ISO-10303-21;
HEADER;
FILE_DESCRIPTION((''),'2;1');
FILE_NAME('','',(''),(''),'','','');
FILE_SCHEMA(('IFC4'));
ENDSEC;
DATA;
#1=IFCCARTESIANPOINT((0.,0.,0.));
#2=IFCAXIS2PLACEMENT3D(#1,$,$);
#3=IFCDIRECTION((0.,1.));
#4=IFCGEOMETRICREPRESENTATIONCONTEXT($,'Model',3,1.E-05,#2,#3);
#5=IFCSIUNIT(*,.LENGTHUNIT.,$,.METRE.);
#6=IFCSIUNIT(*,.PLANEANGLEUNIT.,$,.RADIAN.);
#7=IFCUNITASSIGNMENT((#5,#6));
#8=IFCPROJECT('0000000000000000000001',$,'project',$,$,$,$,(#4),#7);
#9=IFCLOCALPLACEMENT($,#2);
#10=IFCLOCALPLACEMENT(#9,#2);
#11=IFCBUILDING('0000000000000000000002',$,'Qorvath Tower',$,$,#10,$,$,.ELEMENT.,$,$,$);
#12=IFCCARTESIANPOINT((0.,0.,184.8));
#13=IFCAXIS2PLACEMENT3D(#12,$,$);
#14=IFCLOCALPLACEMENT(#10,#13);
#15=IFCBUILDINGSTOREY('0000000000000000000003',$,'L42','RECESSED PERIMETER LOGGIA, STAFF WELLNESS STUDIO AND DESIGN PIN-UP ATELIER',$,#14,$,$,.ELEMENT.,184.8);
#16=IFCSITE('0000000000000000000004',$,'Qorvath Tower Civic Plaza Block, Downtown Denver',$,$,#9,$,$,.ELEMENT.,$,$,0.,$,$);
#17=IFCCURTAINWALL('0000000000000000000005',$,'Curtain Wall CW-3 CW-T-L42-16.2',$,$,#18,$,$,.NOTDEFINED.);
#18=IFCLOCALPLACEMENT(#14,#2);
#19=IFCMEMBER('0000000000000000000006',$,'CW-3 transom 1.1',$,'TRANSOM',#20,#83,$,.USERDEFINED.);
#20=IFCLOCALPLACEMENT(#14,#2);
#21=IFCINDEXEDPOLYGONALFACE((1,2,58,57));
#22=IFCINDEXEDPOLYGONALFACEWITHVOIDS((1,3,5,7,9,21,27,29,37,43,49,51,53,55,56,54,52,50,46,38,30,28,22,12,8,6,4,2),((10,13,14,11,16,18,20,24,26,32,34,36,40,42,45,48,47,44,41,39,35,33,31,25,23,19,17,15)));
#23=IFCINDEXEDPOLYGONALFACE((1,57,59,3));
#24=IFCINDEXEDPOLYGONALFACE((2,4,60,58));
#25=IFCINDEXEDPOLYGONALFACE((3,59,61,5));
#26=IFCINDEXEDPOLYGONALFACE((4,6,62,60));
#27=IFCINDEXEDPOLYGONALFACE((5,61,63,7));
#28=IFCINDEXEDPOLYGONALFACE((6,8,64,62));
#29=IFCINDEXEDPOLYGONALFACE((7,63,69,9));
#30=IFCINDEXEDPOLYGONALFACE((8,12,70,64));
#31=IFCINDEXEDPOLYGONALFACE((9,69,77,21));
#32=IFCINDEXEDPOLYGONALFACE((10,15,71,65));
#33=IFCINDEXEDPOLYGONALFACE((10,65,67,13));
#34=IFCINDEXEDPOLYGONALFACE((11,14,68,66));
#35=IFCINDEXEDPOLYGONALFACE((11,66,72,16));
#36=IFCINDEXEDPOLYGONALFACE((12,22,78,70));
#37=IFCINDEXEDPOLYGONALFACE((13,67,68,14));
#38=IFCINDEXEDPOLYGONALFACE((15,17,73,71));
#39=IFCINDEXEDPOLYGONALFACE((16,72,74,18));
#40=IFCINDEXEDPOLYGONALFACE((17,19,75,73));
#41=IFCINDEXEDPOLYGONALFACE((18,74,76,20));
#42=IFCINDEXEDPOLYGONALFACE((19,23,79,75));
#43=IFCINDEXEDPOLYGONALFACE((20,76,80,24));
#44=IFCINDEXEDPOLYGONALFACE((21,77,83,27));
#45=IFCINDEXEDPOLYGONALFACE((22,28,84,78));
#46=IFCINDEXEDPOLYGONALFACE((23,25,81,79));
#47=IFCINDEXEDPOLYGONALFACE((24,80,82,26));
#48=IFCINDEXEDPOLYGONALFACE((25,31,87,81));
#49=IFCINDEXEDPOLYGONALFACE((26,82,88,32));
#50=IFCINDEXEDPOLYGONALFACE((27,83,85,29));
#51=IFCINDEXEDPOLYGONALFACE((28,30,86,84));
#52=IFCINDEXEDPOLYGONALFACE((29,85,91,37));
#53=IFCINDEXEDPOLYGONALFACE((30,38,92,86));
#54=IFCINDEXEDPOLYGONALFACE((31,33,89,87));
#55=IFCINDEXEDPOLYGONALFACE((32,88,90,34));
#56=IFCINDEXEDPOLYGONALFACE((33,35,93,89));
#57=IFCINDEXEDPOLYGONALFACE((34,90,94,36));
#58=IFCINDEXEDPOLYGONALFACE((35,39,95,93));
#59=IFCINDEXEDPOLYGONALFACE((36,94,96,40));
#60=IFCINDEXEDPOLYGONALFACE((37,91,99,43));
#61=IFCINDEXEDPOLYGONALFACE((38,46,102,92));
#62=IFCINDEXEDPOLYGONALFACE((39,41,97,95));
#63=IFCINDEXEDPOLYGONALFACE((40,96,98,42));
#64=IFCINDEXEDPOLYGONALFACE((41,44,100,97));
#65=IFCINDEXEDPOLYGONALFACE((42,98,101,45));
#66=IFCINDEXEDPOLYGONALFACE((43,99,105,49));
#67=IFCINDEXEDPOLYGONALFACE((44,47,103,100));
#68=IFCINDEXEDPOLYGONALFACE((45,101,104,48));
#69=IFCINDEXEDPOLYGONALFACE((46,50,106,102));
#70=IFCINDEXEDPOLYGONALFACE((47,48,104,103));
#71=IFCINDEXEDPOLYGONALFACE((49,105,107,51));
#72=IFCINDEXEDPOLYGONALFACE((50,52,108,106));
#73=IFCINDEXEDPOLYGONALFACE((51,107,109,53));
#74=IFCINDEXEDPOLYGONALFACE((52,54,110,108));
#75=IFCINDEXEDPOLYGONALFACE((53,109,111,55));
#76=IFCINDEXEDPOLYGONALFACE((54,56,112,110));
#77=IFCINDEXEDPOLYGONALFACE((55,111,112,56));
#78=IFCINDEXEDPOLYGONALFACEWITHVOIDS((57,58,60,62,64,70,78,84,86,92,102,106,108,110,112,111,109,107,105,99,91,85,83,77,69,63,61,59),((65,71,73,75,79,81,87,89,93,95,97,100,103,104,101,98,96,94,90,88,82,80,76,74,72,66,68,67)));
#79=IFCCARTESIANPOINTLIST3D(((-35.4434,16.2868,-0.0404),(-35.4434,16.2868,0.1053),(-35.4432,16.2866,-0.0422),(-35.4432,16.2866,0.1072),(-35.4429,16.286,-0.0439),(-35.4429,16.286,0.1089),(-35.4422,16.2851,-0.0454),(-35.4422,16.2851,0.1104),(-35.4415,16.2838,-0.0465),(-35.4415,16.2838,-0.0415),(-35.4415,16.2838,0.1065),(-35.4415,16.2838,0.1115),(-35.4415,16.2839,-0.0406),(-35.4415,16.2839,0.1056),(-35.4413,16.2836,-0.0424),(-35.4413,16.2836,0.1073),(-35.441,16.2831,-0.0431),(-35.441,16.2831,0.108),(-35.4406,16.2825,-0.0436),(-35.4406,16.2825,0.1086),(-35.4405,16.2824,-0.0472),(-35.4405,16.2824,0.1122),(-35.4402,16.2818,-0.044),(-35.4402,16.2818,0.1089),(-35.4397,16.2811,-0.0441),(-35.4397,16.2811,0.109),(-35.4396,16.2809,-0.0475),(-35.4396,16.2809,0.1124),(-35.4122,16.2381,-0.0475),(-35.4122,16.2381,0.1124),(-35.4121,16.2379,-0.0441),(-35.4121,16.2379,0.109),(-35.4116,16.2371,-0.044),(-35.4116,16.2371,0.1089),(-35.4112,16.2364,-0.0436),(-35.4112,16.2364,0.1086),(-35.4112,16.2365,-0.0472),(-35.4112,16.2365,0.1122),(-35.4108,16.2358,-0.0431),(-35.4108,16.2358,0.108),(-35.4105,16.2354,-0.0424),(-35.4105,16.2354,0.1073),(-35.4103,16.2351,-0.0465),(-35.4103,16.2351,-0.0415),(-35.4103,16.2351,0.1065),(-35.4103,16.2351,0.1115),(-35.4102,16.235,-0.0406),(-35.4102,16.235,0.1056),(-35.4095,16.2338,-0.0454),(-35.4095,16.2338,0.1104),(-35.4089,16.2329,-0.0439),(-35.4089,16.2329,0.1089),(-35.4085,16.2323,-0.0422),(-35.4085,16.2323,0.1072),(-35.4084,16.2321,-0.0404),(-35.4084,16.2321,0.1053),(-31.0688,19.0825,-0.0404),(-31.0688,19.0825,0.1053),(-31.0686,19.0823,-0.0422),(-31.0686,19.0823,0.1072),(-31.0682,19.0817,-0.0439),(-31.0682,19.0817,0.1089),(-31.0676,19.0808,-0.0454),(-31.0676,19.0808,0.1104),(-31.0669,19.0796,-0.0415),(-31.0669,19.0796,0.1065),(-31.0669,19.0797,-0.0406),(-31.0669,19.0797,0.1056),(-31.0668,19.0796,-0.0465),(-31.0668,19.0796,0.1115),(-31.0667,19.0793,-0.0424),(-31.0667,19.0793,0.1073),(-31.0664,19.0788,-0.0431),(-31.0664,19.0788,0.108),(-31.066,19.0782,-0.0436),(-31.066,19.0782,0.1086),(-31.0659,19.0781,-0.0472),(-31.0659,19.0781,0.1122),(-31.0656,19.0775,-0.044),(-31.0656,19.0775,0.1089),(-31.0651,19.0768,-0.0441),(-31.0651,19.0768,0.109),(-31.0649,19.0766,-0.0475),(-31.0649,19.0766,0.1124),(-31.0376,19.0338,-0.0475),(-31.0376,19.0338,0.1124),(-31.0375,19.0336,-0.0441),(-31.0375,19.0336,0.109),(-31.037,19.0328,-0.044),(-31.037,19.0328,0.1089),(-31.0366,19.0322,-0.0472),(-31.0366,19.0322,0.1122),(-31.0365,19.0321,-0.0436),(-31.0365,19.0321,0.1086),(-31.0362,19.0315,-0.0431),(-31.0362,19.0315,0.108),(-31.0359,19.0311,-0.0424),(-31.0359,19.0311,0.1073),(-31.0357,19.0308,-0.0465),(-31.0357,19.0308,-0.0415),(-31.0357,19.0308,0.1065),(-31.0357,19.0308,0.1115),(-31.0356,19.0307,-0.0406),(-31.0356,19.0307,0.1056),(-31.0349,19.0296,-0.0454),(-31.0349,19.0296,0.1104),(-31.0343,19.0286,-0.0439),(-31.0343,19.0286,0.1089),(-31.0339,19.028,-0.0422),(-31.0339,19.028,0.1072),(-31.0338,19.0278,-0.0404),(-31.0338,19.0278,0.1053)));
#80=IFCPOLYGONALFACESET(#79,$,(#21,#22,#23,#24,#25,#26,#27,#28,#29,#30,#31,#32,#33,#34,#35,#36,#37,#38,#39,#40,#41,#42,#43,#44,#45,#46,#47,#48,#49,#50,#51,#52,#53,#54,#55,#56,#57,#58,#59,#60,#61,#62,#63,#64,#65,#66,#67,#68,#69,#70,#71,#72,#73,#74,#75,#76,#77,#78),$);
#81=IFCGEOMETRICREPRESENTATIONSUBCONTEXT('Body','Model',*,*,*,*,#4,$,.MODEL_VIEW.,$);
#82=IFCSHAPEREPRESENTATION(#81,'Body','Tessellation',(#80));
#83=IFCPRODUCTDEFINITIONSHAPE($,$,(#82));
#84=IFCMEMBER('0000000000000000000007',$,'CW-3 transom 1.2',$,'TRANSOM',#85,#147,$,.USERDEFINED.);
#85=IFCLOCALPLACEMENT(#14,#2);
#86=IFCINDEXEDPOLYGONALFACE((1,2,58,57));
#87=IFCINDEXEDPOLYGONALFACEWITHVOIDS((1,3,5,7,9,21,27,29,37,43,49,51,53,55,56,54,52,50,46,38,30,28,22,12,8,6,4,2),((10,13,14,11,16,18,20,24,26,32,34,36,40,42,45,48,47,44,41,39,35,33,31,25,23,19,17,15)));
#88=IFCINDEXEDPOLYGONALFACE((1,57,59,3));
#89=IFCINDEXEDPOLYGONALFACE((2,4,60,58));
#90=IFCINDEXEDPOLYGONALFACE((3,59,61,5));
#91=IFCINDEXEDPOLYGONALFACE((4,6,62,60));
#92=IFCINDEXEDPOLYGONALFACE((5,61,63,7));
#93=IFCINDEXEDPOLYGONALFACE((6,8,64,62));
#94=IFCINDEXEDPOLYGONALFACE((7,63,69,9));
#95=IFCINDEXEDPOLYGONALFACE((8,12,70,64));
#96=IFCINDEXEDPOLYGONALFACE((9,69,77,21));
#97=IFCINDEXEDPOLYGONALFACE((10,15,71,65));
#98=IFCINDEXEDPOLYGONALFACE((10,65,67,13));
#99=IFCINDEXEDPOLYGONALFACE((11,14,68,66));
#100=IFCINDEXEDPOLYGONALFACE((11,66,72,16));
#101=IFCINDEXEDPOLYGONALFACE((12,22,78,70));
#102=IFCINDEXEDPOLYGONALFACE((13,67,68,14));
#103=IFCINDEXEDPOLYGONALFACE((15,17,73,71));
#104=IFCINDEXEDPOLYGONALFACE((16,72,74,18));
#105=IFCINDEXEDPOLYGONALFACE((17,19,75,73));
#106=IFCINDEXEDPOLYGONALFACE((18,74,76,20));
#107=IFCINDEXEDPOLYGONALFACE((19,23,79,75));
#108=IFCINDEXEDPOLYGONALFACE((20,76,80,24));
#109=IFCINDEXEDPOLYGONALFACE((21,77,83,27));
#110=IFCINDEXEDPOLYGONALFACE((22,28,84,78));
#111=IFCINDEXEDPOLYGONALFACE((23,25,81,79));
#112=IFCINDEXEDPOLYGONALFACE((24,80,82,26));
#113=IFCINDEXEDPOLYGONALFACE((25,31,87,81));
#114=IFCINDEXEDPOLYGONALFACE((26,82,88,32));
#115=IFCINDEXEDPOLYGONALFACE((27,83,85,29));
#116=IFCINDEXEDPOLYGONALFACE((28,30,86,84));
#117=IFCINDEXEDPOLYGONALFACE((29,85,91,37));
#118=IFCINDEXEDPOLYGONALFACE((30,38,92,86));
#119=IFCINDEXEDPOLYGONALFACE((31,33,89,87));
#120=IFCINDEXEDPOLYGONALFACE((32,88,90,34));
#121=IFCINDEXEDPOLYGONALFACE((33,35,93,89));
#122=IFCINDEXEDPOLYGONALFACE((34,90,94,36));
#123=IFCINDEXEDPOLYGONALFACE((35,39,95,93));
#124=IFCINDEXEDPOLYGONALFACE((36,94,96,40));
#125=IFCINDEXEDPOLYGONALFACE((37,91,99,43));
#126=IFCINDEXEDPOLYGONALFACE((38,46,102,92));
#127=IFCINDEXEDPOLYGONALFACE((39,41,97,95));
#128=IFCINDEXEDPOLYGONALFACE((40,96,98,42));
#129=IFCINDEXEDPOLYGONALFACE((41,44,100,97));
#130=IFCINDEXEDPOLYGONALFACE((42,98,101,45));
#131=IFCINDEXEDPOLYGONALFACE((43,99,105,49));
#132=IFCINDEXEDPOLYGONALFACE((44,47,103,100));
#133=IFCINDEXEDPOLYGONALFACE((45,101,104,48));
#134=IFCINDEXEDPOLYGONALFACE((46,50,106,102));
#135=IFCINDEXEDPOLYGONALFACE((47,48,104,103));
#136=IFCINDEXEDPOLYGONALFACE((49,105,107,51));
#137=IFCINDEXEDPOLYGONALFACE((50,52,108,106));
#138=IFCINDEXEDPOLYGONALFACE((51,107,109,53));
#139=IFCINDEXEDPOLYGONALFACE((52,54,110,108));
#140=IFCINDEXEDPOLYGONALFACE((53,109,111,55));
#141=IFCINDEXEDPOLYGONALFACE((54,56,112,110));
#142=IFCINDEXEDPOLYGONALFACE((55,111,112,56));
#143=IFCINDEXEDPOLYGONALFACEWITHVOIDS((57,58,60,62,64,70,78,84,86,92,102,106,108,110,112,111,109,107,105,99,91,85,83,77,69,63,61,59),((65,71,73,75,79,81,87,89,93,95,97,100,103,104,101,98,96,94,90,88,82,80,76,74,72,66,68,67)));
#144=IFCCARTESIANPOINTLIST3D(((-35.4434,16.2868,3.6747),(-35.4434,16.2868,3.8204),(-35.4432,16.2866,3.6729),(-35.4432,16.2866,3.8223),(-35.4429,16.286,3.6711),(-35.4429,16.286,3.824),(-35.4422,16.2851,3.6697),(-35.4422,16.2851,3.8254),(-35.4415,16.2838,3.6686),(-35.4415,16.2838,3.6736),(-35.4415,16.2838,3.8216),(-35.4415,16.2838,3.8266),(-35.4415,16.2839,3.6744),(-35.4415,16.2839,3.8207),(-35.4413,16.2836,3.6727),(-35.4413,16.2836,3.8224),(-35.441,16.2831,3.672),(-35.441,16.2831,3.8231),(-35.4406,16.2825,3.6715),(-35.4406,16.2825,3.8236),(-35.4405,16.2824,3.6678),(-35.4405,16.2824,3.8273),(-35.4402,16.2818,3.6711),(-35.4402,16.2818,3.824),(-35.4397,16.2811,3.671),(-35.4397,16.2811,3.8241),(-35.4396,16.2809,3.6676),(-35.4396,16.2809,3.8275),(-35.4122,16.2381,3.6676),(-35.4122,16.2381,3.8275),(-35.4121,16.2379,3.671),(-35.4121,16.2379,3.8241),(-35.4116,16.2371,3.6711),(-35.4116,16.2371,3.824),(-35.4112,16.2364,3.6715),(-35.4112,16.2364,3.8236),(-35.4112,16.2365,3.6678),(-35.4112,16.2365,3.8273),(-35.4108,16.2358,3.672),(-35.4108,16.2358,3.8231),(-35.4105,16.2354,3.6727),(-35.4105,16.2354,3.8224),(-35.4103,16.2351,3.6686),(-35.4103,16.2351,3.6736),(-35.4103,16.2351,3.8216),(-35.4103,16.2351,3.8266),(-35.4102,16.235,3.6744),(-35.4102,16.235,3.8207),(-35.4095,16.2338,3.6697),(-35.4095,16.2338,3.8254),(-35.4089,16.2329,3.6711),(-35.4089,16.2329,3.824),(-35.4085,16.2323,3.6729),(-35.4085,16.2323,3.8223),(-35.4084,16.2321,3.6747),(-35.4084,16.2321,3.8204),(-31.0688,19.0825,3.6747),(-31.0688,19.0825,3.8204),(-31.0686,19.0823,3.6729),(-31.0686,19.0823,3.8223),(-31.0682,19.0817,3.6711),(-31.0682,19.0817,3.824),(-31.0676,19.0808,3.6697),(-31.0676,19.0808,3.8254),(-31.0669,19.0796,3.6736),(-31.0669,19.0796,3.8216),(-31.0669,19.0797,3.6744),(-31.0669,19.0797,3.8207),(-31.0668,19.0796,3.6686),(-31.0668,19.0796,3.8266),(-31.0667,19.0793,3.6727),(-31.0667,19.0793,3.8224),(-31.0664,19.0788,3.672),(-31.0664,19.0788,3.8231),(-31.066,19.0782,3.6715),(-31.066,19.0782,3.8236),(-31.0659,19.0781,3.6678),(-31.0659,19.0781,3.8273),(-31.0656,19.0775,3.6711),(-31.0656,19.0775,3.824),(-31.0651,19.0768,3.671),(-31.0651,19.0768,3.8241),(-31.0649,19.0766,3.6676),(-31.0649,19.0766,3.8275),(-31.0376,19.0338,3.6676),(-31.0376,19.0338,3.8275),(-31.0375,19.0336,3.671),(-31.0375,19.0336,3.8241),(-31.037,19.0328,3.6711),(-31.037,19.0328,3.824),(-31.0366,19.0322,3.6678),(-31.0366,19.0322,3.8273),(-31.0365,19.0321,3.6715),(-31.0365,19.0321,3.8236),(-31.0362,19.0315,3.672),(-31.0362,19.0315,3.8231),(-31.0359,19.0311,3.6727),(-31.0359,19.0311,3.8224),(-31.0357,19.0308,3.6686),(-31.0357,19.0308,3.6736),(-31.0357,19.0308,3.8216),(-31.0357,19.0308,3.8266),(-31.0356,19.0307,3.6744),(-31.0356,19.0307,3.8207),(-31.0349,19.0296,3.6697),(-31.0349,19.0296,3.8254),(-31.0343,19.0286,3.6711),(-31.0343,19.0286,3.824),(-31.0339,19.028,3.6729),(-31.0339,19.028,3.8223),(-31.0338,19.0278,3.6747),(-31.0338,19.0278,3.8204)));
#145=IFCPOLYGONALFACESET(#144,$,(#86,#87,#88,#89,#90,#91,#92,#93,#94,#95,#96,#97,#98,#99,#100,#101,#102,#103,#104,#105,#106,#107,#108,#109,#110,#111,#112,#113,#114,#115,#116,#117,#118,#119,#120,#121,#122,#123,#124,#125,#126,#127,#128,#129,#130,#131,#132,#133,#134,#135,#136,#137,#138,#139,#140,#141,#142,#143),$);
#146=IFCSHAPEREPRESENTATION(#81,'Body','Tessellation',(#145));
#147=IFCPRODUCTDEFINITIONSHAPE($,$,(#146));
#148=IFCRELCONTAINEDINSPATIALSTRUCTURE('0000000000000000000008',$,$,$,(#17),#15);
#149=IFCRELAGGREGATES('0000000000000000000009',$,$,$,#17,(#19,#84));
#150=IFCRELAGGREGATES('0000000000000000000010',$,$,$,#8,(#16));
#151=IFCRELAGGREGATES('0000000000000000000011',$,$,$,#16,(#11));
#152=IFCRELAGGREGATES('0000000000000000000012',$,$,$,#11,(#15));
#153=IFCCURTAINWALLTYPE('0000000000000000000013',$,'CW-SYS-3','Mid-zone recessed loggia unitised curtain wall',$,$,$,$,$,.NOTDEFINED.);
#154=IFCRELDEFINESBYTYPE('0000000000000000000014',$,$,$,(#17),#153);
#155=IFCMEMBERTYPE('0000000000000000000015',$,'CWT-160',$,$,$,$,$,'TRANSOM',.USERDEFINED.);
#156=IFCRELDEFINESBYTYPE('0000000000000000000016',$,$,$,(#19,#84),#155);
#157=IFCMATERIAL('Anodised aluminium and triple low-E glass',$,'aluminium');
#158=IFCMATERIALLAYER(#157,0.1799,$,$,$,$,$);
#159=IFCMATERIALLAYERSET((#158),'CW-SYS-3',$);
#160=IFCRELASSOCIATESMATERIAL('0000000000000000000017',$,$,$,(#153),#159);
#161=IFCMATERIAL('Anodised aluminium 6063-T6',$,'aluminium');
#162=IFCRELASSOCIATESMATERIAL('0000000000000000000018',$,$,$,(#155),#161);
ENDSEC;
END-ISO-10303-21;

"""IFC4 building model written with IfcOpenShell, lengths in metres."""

from ifc_helpers import new_model, si_unit, direction, frame, origin, origin_2d, place, context, subcontext, project, spatial, hollow_rectangle, extrude, material, layer, layer_set, material_profile, profile_set, type_object, element, aggregate, save


model = new_model("IFC4")

# Units and contexts
model_context = context("Model", 3, precision=1e-05, world=origin(), true_north=direction((0.0, 1.0)))
body_context = subcontext(model_context, "Body", "Model", "MODEL_VIEW")
ifc_project = project(units=[si_unit("LENGTHUNIT", "METRE"), si_unit("PLANEANGLEUNIT", "RADIAN")], contexts=[model_context])

# Site, building, storey
site_placement = place(None, origin())
site = spatial("IfcSite", under=ifc_project, at=site_placement, Name="Qorvath Tower Civic Plaza Block, Downtown Denver", CompositionType="ELEMENT", RefElevation=0.0)
building_placement = place(site_placement, origin())
building = spatial("IfcBuilding", under=site, at=building_placement, Name="Qorvath Tower", CompositionType="ELEMENT")
storey_placement = place(building_placement, frame((0.0, 0.0, 184.8)))
storey = spatial("IfcBuildingStorey", under=building, at=storey_placement, Name="L42", Description="RECESSED PERIMETER LOGGIA, STAFF WELLNESS STUDIO AND DESIGN PIN-UP ATELIER", CompositionType="ELEMENT", Elevation=184.8)

# Curtain wall, members
ifc_material_1 = material(Name="Anodised aluminium and triple low-E glass", Category="aluminium")
ifc_layer_1 = layer(ifc_material_1, 0.1799)
ifc_layer_set_1 = layer_set([ifc_layer_1], Name="CW-SYS-3")
curtain_wall_type = type_object("IfcCurtainWallType", Name="CW-SYS-3", Description="Mid-zone recessed loggia unitised curtain wall", PredefinedType="NOTDEFINED", material=ifc_layer_set_1)
curtain_wall_placement = place(storey_placement, origin())
curtain_wall = element("IfcCurtainWall", 1, at=curtain_wall_placement, inside=storey, type_object=curtain_wall_type, Name="Curtain Wall CW-3 CW-T-L42-16.2", PredefinedType="NOTDEFINED")
ifc_material_2 = material(Name="Anodised aluminium 6063-T6", Category="aluminium")
ifc_material_profile_1 = material_profile(ifc_material_2, hollow_rectangle(XDim=0.0649, YDim=0.1599, WallThickness=0.0034, InnerFilletRadius=0.0034, OuterFilletRadius=0.0071, at=origin_2d()), Name="CWT 160x65")
ifc_profile_set_1 = profile_set([ifc_material_profile_1], Name="Anodised aluminium 6063-T6")
member_type_1 = type_object("IfcMemberType", Name="CWT-160", ElementType="TRANSOM", PredefinedType="USERDEFINED", material=ifc_profile_set_1)
member_1_placement = place(storey_placement, frame((-31.0513, 19.0552, 0.0325), z_axis=(-0.842624, -0.538502, 0.0), x_axis=(0.538502, -0.842624, 0.0)))
member_1 = element("IfcMember", 2, at=member_1_placement, type_object=member_type_1, Name="CW-3 transom 1.1", ObjectType="TRANSOM", PredefinedType="USERDEFINED", context=body_context, shape_type="SweptSolid", body=[
    extrude(hollow_rectangle(XDim=0.0649, YDim=0.1599, WallThickness=0.0034, InnerFilletRadius=0.0034, OuterFilletRadius=0.0071, at=origin_2d()), origin(), (0.0, 0.0, 1.0), 5.1917),
])
member_2_placement = place(storey_placement, frame((-31.0513, 19.0552, 3.7476), z_axis=(-0.842624, -0.538502, 0.0), x_axis=(0.538502, -0.842624, 0.0)))
member_2 = element("IfcMember", 3, at=member_2_placement, type_object=member_type_1, Name="CW-3 transom 1.2", ObjectType="TRANSOM", PredefinedType="USERDEFINED", context=body_context, shape_type="SweptSolid", body=[
    extrude(hollow_rectangle(XDim=0.0649, YDim=0.1599, WallThickness=0.0034, InnerFilletRadius=0.0034, OuterFilletRadius=0.0071, at=origin_2d()), origin(), (0.0, 0.0, 1.0), 5.1917),
])
aggregate(curtain_wall, [member_1, member_2])

save(model, "model.ifc")
